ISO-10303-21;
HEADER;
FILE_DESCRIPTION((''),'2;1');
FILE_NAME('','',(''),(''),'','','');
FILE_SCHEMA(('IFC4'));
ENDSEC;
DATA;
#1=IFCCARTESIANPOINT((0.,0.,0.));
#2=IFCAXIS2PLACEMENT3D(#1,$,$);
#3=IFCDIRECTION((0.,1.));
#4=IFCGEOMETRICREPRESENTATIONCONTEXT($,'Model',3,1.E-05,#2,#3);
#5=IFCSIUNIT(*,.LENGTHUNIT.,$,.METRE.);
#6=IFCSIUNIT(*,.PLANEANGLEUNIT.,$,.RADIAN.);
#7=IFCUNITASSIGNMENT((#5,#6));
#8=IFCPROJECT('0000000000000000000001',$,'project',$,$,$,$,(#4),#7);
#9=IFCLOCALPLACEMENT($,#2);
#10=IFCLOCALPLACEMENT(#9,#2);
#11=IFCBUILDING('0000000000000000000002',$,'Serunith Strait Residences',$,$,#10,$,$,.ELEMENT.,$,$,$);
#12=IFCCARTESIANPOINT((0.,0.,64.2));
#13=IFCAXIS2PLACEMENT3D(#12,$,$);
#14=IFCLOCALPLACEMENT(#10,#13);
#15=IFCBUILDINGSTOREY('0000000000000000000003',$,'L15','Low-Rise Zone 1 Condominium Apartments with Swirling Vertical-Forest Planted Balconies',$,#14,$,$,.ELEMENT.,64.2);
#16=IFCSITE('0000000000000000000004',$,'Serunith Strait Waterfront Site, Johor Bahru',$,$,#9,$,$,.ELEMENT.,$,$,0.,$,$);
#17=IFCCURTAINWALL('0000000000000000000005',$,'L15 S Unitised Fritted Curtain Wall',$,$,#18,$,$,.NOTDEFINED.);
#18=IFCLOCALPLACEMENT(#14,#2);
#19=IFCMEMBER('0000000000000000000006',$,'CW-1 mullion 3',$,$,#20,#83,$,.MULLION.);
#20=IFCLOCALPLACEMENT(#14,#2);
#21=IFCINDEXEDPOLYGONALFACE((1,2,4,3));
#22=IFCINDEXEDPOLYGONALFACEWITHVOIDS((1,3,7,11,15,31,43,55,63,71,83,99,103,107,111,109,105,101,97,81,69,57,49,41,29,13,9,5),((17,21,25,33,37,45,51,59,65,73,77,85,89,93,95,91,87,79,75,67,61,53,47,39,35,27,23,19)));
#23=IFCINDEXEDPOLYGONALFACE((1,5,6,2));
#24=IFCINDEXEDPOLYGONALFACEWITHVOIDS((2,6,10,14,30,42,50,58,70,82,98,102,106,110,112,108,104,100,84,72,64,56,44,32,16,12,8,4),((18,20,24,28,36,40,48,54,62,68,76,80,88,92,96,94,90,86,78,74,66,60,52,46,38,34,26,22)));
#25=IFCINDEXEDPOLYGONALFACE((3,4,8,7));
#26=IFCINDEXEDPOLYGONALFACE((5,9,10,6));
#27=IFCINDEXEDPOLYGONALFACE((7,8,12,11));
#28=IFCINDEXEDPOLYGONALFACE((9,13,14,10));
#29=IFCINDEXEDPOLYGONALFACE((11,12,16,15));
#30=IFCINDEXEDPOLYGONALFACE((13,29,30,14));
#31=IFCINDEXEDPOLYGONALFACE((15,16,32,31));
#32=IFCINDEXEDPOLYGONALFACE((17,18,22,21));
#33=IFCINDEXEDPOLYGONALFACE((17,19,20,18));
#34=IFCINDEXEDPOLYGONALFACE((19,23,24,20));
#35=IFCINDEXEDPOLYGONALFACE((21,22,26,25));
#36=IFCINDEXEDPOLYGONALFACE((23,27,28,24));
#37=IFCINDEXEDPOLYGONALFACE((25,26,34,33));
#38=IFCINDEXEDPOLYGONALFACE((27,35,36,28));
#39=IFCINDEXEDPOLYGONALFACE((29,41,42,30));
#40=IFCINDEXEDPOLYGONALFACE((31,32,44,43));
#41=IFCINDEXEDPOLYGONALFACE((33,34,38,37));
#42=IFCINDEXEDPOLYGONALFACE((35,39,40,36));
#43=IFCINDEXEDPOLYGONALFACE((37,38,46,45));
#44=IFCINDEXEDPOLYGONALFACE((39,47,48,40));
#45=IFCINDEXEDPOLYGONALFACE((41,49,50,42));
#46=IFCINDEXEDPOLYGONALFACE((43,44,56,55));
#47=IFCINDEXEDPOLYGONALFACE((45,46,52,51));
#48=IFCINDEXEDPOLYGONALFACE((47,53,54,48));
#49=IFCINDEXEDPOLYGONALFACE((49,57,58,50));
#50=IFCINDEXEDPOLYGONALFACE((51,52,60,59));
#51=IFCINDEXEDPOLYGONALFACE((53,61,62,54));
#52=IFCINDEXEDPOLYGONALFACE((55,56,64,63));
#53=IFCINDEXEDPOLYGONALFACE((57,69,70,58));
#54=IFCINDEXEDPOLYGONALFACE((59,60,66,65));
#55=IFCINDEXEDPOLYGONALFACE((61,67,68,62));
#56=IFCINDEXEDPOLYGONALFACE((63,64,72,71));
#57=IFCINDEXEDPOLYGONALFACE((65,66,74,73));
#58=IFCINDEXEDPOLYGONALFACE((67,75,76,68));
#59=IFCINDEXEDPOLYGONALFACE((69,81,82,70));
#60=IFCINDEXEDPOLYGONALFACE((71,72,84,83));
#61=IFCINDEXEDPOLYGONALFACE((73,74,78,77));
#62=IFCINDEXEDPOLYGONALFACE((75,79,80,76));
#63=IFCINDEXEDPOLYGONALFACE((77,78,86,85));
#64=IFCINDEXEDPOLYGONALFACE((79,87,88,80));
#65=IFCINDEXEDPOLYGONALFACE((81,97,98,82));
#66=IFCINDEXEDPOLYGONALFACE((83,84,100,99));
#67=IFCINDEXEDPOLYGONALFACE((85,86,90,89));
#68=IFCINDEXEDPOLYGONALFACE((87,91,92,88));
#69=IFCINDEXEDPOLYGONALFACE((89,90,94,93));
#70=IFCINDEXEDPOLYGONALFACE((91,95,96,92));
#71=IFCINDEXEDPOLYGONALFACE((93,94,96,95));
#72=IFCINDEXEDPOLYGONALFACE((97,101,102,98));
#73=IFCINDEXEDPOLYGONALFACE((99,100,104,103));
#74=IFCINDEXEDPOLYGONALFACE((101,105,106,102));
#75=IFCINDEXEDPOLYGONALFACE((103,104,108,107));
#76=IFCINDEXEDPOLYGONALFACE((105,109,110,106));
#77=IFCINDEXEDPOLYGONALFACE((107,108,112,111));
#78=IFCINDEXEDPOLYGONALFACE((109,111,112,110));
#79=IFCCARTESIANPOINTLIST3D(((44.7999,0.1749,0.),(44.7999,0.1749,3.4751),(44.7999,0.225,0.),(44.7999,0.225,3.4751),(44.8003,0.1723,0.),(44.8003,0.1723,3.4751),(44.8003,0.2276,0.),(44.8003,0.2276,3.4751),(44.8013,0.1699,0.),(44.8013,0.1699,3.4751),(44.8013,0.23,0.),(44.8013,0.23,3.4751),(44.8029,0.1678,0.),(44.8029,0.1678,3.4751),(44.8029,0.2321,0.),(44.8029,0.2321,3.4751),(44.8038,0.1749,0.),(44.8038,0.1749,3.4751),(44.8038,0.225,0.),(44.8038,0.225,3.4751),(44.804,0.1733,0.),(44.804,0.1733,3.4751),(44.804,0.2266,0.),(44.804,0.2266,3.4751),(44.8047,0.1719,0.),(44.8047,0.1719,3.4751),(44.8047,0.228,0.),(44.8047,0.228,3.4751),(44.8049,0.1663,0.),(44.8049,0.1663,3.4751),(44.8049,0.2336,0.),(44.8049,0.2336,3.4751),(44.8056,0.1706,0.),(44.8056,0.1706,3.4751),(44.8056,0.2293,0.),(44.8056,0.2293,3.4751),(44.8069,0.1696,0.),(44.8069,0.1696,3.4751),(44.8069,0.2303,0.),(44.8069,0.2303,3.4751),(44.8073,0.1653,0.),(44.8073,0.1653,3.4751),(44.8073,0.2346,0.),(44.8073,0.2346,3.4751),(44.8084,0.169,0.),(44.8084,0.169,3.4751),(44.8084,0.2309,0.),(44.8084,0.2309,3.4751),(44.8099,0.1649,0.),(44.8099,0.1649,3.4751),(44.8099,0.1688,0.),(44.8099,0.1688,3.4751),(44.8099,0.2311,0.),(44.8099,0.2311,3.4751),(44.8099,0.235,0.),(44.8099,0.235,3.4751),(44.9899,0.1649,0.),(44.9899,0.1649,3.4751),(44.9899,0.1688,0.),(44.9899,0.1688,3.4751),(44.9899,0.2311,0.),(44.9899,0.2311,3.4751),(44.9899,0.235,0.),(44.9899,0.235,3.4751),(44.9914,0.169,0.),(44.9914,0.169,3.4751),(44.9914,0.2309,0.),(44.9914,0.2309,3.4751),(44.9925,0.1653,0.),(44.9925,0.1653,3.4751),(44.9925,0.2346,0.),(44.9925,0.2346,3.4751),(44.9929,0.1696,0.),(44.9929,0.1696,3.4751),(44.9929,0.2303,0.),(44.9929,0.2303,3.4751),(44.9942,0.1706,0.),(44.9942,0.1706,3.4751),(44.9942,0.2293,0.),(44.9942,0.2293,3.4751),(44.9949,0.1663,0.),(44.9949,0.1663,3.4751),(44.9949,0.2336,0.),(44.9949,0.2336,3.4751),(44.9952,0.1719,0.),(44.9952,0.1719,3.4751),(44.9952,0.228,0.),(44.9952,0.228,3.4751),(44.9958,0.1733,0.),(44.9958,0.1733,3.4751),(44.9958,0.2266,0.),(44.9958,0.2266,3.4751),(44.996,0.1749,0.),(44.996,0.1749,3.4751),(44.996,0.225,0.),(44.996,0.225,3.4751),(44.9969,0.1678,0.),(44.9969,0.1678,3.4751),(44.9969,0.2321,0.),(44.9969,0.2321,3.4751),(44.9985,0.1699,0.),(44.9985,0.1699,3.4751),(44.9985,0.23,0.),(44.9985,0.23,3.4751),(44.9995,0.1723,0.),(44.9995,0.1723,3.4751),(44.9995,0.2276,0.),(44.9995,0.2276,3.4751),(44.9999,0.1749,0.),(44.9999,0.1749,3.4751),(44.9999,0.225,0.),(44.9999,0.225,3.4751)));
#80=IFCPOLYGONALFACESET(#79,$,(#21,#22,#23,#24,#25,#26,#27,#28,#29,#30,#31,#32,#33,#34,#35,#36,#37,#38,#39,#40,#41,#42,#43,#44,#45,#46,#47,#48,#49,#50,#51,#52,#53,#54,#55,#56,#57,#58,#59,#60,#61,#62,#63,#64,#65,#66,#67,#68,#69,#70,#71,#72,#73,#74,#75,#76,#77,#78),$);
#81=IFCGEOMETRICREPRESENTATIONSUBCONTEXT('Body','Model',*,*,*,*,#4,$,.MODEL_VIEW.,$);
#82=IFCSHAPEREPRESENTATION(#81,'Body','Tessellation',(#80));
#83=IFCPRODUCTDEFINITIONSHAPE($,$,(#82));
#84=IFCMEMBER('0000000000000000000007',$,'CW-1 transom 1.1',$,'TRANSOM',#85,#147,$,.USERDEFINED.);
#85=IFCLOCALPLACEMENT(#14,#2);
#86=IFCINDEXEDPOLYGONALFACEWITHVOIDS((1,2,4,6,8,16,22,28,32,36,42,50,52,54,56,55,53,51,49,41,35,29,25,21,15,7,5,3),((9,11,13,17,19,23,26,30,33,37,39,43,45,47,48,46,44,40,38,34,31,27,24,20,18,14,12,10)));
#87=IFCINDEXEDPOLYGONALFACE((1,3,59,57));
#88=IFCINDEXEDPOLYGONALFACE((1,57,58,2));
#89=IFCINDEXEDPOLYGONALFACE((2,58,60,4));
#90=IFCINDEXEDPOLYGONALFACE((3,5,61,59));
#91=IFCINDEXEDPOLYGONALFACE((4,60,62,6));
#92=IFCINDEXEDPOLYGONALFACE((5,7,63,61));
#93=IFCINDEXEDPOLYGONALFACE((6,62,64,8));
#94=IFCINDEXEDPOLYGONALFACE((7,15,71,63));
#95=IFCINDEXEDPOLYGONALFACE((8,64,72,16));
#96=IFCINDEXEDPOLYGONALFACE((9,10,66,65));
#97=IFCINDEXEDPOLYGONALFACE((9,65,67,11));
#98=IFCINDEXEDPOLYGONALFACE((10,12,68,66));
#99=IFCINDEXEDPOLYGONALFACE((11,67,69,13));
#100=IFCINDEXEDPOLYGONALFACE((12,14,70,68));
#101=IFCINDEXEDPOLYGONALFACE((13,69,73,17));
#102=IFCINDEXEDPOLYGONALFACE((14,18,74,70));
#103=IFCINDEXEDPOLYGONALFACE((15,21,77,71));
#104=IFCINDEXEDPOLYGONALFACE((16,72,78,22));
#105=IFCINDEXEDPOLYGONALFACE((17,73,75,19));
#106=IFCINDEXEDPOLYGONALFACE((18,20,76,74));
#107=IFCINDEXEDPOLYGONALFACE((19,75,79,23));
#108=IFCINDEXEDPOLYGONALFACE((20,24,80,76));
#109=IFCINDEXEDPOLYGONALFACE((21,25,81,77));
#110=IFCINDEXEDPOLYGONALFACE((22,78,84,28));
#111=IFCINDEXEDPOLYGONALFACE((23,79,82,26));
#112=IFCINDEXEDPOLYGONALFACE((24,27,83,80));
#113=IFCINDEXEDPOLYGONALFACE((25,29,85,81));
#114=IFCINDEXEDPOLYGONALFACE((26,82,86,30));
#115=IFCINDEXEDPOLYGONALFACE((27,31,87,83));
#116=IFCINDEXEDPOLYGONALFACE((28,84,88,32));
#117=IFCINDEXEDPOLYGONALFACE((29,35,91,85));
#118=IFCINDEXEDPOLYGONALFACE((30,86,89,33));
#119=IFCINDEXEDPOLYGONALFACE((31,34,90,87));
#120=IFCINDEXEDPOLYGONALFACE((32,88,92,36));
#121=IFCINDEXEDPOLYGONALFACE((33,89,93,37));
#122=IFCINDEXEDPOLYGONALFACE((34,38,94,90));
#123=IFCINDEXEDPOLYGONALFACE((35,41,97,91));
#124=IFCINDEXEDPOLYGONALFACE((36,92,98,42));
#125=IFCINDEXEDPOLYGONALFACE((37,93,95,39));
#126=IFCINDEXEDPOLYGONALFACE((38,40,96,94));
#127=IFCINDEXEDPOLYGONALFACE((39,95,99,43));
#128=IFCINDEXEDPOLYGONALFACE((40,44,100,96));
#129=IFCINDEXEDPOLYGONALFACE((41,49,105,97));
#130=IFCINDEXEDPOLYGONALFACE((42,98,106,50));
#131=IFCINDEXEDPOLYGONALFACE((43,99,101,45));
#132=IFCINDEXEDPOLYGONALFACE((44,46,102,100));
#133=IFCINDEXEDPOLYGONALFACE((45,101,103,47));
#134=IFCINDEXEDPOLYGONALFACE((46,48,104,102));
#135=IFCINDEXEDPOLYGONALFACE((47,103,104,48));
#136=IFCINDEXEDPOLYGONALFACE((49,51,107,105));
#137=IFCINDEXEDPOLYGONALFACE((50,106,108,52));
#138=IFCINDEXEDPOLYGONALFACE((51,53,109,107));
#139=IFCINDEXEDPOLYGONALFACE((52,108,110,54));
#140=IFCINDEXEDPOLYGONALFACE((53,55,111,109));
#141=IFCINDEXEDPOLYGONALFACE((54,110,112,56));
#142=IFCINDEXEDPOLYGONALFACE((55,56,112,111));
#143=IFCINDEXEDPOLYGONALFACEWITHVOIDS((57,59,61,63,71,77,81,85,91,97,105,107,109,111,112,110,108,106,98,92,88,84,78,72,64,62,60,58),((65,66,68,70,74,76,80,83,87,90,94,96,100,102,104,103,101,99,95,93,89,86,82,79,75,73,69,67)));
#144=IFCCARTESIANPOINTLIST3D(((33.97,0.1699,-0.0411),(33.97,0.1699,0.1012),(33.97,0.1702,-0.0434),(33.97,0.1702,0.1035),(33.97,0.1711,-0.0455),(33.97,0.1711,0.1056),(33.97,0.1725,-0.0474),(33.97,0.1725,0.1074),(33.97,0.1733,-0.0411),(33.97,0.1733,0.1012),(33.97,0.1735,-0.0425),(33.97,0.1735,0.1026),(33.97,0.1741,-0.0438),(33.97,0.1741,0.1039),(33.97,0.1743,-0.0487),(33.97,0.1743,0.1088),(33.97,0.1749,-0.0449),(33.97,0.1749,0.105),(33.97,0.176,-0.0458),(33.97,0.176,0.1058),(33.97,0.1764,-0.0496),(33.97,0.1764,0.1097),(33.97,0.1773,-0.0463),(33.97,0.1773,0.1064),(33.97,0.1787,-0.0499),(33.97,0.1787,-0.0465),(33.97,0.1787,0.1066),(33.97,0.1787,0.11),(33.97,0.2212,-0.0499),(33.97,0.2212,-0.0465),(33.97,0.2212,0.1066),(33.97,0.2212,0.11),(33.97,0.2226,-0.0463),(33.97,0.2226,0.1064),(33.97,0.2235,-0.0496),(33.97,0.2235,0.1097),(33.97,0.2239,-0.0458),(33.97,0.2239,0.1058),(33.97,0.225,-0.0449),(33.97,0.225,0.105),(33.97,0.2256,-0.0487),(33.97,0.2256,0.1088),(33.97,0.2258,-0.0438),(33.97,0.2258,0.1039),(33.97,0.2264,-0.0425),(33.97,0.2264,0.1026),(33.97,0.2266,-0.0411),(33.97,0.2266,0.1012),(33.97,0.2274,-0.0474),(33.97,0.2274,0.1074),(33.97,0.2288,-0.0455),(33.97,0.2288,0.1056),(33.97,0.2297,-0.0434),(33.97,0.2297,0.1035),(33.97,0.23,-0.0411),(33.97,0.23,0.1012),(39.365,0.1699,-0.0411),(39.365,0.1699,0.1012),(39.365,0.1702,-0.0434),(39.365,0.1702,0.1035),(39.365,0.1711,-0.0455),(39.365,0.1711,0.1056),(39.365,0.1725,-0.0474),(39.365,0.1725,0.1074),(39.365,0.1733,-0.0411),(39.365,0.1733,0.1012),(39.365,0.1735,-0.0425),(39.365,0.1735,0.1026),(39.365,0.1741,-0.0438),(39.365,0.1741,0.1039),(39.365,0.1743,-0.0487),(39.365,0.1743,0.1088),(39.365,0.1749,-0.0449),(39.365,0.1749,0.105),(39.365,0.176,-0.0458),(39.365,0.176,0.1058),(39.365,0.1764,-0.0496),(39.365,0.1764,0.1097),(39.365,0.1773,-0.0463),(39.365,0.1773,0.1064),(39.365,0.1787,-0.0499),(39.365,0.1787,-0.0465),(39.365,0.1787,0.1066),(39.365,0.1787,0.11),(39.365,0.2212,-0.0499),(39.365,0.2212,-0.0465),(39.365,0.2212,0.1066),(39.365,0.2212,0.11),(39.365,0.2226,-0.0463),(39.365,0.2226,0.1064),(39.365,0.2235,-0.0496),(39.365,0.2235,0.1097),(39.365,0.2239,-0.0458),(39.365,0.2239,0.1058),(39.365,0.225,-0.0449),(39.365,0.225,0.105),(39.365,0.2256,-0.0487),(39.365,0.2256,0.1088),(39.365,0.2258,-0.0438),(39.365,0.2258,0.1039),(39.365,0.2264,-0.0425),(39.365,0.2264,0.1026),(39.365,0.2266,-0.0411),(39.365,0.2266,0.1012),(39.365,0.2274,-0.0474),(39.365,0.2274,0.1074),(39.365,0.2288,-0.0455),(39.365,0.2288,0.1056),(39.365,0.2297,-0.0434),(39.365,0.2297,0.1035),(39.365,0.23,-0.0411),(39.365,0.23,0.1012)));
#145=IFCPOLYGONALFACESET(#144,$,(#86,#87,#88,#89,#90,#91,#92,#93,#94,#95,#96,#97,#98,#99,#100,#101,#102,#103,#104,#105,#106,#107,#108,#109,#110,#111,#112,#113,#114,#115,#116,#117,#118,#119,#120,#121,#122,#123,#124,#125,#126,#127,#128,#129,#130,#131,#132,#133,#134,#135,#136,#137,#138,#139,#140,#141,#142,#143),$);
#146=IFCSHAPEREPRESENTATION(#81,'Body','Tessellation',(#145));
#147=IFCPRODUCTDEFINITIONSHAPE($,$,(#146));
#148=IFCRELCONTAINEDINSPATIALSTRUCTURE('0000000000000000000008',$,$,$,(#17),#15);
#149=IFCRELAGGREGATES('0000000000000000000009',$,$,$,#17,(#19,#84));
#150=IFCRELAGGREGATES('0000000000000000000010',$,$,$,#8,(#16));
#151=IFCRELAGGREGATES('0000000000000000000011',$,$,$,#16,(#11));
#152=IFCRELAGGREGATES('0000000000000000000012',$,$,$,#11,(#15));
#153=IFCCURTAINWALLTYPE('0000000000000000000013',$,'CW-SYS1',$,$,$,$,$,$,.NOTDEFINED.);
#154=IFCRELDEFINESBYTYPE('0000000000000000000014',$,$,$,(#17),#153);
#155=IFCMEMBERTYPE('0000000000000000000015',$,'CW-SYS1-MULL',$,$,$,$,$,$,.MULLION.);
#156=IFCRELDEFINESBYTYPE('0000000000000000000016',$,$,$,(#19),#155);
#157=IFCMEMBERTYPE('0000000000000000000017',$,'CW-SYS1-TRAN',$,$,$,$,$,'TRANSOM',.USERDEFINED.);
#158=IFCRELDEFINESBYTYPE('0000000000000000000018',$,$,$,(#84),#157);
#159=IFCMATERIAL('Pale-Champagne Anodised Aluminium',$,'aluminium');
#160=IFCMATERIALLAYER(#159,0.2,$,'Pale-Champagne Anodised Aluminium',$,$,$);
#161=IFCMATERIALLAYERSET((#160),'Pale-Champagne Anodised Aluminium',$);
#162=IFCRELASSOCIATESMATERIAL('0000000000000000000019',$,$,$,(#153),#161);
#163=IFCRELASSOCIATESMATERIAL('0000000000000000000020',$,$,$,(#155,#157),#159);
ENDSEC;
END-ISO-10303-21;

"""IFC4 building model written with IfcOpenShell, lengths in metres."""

from ifc_helpers import new_model, si_unit, direction, frame, origin, origin_2d, place, context, subcontext, project, spatial, hollow_rectangle, extrude, source, transform, mapped, material, layer, layer_set, material_profile, profile_set, type_object, element, aggregate, save


model = new_model("IFC4")

# Units and contexts
model_context = context("Model", 3, precision=1e-05, world=origin(), true_north=direction((0.0, 1.0)))
body_context = subcontext(model_context, "Body", "Model", "MODEL_VIEW")
ifc_project = project(units=[si_unit("LENGTHUNIT", "METRE"), si_unit("PLANEANGLEUNIT", "RADIAN")], contexts=[model_context])

# Site, building, storey
site_placement = place(None, origin())
site = spatial("IfcSite", under=ifc_project, at=site_placement, Name="Serunith Strait Waterfront Site, Johor Bahru", CompositionType="ELEMENT", RefElevation=0.0)
building_placement = place(site_placement, origin())
building = spatial("IfcBuilding", under=site, at=building_placement, Name="Serunith Strait Residences", CompositionType="ELEMENT")
storey_placement = place(building_placement, frame((0.0, 0.0, 64.2)))
storey = spatial("IfcBuildingStorey", under=building, at=storey_placement, Name="L15", Description="Low-Rise Zone 1 Condominium Apartments with Swirling Vertical-Forest Planted Balconies", CompositionType="ELEMENT", Elevation=64.2)

# Curtain wall, members
ifc_material_1 = material(Name="Pale-Champagne Anodised Aluminium", Category="aluminium")
ifc_layer_1 = layer(ifc_material_1, 0.2, Name="Pale-Champagne Anodised Aluminium")
ifc_layer_set_1 = layer_set([ifc_layer_1], Name="Pale-Champagne Anodised Aluminium")
curtain_wall_type = type_object("IfcCurtainWallType", Name="CW-SYS1", PredefinedType="NOTDEFINED", material=ifc_layer_set_1)
curtain_wall_placement = place(storey_placement, origin())
curtain_wall = element("IfcCurtainWall", 1, at=curtain_wall_placement, inside=storey, type_object=curtain_wall_type, Name="L15 S Unitised Fritted Curtain Wall", PredefinedType="NOTDEFINED")
ifc_material_profile_1 = material_profile(ifc_material_1, hollow_rectangle(XDim=0.0701, YDim=0.2, WallThickness=0.0039, InnerFilletRadius=0.0061, OuterFilletRadius=0.01, at=origin_2d()), Name="ALU 200x70x4")
ifc_profile_set_1 = profile_set([ifc_material_profile_1], Name="Pale-Champagne Anodised Aluminium")
member_type_1 = type_object("IfcMemberType", Name="CW-SYS1-MULL", PredefinedType="MULLION", material=ifc_profile_set_1)
shared_shape_1 = source(origin(), body_context, "Body", "SweptSolid", [
    extrude(hollow_rectangle(XDim=0.0701, YDim=0.2, WallThickness=0.0039, InnerFilletRadius=0.0061, OuterFilletRadius=0.01, at=origin_2d()), origin(), (0.0, 0.0, 1.0), 3.4751),
])
member_1_placement = place(storey_placement, frame((44.8999, 0.2, 0.0), z_axis=(0.0, 0.0, 1.0), x_axis=(0.0, 1.0, 0.0)))
member_1 = element("IfcMember", 2, at=member_1_placement, type_object=member_type_1, Name="CW-1 mullion 3", PredefinedType="MULLION", context=body_context, shape_type="MappedRepresentation", body=[
    mapped(shared_shape_1, transform((0.0, 0.0, 0.0), scale=1.0)),
])
ifc_material_profile_2 = material_profile(ifc_material_1, hollow_rectangle(XDim=0.0601, YDim=0.1599, WallThickness=0.0034, InnerFilletRadius=0.0054, OuterFilletRadius=0.0088, at=origin_2d()), Name="ALU 160x60x3.5")
ifc_profile_set_2 = profile_set([ifc_material_profile_2], Name="Pale-Champagne Anodised Aluminium")
member_type_2 = type_object("IfcMemberType", Name="CW-SYS1-TRAN", ElementType="TRANSOM", PredefinedType="USERDEFINED", material=ifc_profile_set_2)
shared_shape_2 = source(origin(), body_context, "Body", "SweptSolid", [
    extrude(hollow_rectangle(XDim=0.0601, YDim=0.1599, WallThickness=0.0034, InnerFilletRadius=0.0054, OuterFilletRadius=0.0088, at=origin_2d()), origin(), (0.0, 0.0, 1.0), 5.395),
])
member_2_placement = place(storey_placement, frame((33.97, 0.2, 0.03), z_axis=(1.0, 0.0, 0.0), x_axis=(0.0, 1.0, 0.0)))
member_2 = element("IfcMember", 3, at=member_2_placement, type_object=member_type_2, Name="CW-1 transom 1.1", ObjectType="TRANSOM", PredefinedType="USERDEFINED", context=body_context, shape_type="MappedRepresentation", body=[
    mapped(shared_shape_2, transform((0.0, 0.0, 0.0), scale=1.0)),
])
aggregate(curtain_wall, [member_1, member_2])

save(model, "model.ifc")
